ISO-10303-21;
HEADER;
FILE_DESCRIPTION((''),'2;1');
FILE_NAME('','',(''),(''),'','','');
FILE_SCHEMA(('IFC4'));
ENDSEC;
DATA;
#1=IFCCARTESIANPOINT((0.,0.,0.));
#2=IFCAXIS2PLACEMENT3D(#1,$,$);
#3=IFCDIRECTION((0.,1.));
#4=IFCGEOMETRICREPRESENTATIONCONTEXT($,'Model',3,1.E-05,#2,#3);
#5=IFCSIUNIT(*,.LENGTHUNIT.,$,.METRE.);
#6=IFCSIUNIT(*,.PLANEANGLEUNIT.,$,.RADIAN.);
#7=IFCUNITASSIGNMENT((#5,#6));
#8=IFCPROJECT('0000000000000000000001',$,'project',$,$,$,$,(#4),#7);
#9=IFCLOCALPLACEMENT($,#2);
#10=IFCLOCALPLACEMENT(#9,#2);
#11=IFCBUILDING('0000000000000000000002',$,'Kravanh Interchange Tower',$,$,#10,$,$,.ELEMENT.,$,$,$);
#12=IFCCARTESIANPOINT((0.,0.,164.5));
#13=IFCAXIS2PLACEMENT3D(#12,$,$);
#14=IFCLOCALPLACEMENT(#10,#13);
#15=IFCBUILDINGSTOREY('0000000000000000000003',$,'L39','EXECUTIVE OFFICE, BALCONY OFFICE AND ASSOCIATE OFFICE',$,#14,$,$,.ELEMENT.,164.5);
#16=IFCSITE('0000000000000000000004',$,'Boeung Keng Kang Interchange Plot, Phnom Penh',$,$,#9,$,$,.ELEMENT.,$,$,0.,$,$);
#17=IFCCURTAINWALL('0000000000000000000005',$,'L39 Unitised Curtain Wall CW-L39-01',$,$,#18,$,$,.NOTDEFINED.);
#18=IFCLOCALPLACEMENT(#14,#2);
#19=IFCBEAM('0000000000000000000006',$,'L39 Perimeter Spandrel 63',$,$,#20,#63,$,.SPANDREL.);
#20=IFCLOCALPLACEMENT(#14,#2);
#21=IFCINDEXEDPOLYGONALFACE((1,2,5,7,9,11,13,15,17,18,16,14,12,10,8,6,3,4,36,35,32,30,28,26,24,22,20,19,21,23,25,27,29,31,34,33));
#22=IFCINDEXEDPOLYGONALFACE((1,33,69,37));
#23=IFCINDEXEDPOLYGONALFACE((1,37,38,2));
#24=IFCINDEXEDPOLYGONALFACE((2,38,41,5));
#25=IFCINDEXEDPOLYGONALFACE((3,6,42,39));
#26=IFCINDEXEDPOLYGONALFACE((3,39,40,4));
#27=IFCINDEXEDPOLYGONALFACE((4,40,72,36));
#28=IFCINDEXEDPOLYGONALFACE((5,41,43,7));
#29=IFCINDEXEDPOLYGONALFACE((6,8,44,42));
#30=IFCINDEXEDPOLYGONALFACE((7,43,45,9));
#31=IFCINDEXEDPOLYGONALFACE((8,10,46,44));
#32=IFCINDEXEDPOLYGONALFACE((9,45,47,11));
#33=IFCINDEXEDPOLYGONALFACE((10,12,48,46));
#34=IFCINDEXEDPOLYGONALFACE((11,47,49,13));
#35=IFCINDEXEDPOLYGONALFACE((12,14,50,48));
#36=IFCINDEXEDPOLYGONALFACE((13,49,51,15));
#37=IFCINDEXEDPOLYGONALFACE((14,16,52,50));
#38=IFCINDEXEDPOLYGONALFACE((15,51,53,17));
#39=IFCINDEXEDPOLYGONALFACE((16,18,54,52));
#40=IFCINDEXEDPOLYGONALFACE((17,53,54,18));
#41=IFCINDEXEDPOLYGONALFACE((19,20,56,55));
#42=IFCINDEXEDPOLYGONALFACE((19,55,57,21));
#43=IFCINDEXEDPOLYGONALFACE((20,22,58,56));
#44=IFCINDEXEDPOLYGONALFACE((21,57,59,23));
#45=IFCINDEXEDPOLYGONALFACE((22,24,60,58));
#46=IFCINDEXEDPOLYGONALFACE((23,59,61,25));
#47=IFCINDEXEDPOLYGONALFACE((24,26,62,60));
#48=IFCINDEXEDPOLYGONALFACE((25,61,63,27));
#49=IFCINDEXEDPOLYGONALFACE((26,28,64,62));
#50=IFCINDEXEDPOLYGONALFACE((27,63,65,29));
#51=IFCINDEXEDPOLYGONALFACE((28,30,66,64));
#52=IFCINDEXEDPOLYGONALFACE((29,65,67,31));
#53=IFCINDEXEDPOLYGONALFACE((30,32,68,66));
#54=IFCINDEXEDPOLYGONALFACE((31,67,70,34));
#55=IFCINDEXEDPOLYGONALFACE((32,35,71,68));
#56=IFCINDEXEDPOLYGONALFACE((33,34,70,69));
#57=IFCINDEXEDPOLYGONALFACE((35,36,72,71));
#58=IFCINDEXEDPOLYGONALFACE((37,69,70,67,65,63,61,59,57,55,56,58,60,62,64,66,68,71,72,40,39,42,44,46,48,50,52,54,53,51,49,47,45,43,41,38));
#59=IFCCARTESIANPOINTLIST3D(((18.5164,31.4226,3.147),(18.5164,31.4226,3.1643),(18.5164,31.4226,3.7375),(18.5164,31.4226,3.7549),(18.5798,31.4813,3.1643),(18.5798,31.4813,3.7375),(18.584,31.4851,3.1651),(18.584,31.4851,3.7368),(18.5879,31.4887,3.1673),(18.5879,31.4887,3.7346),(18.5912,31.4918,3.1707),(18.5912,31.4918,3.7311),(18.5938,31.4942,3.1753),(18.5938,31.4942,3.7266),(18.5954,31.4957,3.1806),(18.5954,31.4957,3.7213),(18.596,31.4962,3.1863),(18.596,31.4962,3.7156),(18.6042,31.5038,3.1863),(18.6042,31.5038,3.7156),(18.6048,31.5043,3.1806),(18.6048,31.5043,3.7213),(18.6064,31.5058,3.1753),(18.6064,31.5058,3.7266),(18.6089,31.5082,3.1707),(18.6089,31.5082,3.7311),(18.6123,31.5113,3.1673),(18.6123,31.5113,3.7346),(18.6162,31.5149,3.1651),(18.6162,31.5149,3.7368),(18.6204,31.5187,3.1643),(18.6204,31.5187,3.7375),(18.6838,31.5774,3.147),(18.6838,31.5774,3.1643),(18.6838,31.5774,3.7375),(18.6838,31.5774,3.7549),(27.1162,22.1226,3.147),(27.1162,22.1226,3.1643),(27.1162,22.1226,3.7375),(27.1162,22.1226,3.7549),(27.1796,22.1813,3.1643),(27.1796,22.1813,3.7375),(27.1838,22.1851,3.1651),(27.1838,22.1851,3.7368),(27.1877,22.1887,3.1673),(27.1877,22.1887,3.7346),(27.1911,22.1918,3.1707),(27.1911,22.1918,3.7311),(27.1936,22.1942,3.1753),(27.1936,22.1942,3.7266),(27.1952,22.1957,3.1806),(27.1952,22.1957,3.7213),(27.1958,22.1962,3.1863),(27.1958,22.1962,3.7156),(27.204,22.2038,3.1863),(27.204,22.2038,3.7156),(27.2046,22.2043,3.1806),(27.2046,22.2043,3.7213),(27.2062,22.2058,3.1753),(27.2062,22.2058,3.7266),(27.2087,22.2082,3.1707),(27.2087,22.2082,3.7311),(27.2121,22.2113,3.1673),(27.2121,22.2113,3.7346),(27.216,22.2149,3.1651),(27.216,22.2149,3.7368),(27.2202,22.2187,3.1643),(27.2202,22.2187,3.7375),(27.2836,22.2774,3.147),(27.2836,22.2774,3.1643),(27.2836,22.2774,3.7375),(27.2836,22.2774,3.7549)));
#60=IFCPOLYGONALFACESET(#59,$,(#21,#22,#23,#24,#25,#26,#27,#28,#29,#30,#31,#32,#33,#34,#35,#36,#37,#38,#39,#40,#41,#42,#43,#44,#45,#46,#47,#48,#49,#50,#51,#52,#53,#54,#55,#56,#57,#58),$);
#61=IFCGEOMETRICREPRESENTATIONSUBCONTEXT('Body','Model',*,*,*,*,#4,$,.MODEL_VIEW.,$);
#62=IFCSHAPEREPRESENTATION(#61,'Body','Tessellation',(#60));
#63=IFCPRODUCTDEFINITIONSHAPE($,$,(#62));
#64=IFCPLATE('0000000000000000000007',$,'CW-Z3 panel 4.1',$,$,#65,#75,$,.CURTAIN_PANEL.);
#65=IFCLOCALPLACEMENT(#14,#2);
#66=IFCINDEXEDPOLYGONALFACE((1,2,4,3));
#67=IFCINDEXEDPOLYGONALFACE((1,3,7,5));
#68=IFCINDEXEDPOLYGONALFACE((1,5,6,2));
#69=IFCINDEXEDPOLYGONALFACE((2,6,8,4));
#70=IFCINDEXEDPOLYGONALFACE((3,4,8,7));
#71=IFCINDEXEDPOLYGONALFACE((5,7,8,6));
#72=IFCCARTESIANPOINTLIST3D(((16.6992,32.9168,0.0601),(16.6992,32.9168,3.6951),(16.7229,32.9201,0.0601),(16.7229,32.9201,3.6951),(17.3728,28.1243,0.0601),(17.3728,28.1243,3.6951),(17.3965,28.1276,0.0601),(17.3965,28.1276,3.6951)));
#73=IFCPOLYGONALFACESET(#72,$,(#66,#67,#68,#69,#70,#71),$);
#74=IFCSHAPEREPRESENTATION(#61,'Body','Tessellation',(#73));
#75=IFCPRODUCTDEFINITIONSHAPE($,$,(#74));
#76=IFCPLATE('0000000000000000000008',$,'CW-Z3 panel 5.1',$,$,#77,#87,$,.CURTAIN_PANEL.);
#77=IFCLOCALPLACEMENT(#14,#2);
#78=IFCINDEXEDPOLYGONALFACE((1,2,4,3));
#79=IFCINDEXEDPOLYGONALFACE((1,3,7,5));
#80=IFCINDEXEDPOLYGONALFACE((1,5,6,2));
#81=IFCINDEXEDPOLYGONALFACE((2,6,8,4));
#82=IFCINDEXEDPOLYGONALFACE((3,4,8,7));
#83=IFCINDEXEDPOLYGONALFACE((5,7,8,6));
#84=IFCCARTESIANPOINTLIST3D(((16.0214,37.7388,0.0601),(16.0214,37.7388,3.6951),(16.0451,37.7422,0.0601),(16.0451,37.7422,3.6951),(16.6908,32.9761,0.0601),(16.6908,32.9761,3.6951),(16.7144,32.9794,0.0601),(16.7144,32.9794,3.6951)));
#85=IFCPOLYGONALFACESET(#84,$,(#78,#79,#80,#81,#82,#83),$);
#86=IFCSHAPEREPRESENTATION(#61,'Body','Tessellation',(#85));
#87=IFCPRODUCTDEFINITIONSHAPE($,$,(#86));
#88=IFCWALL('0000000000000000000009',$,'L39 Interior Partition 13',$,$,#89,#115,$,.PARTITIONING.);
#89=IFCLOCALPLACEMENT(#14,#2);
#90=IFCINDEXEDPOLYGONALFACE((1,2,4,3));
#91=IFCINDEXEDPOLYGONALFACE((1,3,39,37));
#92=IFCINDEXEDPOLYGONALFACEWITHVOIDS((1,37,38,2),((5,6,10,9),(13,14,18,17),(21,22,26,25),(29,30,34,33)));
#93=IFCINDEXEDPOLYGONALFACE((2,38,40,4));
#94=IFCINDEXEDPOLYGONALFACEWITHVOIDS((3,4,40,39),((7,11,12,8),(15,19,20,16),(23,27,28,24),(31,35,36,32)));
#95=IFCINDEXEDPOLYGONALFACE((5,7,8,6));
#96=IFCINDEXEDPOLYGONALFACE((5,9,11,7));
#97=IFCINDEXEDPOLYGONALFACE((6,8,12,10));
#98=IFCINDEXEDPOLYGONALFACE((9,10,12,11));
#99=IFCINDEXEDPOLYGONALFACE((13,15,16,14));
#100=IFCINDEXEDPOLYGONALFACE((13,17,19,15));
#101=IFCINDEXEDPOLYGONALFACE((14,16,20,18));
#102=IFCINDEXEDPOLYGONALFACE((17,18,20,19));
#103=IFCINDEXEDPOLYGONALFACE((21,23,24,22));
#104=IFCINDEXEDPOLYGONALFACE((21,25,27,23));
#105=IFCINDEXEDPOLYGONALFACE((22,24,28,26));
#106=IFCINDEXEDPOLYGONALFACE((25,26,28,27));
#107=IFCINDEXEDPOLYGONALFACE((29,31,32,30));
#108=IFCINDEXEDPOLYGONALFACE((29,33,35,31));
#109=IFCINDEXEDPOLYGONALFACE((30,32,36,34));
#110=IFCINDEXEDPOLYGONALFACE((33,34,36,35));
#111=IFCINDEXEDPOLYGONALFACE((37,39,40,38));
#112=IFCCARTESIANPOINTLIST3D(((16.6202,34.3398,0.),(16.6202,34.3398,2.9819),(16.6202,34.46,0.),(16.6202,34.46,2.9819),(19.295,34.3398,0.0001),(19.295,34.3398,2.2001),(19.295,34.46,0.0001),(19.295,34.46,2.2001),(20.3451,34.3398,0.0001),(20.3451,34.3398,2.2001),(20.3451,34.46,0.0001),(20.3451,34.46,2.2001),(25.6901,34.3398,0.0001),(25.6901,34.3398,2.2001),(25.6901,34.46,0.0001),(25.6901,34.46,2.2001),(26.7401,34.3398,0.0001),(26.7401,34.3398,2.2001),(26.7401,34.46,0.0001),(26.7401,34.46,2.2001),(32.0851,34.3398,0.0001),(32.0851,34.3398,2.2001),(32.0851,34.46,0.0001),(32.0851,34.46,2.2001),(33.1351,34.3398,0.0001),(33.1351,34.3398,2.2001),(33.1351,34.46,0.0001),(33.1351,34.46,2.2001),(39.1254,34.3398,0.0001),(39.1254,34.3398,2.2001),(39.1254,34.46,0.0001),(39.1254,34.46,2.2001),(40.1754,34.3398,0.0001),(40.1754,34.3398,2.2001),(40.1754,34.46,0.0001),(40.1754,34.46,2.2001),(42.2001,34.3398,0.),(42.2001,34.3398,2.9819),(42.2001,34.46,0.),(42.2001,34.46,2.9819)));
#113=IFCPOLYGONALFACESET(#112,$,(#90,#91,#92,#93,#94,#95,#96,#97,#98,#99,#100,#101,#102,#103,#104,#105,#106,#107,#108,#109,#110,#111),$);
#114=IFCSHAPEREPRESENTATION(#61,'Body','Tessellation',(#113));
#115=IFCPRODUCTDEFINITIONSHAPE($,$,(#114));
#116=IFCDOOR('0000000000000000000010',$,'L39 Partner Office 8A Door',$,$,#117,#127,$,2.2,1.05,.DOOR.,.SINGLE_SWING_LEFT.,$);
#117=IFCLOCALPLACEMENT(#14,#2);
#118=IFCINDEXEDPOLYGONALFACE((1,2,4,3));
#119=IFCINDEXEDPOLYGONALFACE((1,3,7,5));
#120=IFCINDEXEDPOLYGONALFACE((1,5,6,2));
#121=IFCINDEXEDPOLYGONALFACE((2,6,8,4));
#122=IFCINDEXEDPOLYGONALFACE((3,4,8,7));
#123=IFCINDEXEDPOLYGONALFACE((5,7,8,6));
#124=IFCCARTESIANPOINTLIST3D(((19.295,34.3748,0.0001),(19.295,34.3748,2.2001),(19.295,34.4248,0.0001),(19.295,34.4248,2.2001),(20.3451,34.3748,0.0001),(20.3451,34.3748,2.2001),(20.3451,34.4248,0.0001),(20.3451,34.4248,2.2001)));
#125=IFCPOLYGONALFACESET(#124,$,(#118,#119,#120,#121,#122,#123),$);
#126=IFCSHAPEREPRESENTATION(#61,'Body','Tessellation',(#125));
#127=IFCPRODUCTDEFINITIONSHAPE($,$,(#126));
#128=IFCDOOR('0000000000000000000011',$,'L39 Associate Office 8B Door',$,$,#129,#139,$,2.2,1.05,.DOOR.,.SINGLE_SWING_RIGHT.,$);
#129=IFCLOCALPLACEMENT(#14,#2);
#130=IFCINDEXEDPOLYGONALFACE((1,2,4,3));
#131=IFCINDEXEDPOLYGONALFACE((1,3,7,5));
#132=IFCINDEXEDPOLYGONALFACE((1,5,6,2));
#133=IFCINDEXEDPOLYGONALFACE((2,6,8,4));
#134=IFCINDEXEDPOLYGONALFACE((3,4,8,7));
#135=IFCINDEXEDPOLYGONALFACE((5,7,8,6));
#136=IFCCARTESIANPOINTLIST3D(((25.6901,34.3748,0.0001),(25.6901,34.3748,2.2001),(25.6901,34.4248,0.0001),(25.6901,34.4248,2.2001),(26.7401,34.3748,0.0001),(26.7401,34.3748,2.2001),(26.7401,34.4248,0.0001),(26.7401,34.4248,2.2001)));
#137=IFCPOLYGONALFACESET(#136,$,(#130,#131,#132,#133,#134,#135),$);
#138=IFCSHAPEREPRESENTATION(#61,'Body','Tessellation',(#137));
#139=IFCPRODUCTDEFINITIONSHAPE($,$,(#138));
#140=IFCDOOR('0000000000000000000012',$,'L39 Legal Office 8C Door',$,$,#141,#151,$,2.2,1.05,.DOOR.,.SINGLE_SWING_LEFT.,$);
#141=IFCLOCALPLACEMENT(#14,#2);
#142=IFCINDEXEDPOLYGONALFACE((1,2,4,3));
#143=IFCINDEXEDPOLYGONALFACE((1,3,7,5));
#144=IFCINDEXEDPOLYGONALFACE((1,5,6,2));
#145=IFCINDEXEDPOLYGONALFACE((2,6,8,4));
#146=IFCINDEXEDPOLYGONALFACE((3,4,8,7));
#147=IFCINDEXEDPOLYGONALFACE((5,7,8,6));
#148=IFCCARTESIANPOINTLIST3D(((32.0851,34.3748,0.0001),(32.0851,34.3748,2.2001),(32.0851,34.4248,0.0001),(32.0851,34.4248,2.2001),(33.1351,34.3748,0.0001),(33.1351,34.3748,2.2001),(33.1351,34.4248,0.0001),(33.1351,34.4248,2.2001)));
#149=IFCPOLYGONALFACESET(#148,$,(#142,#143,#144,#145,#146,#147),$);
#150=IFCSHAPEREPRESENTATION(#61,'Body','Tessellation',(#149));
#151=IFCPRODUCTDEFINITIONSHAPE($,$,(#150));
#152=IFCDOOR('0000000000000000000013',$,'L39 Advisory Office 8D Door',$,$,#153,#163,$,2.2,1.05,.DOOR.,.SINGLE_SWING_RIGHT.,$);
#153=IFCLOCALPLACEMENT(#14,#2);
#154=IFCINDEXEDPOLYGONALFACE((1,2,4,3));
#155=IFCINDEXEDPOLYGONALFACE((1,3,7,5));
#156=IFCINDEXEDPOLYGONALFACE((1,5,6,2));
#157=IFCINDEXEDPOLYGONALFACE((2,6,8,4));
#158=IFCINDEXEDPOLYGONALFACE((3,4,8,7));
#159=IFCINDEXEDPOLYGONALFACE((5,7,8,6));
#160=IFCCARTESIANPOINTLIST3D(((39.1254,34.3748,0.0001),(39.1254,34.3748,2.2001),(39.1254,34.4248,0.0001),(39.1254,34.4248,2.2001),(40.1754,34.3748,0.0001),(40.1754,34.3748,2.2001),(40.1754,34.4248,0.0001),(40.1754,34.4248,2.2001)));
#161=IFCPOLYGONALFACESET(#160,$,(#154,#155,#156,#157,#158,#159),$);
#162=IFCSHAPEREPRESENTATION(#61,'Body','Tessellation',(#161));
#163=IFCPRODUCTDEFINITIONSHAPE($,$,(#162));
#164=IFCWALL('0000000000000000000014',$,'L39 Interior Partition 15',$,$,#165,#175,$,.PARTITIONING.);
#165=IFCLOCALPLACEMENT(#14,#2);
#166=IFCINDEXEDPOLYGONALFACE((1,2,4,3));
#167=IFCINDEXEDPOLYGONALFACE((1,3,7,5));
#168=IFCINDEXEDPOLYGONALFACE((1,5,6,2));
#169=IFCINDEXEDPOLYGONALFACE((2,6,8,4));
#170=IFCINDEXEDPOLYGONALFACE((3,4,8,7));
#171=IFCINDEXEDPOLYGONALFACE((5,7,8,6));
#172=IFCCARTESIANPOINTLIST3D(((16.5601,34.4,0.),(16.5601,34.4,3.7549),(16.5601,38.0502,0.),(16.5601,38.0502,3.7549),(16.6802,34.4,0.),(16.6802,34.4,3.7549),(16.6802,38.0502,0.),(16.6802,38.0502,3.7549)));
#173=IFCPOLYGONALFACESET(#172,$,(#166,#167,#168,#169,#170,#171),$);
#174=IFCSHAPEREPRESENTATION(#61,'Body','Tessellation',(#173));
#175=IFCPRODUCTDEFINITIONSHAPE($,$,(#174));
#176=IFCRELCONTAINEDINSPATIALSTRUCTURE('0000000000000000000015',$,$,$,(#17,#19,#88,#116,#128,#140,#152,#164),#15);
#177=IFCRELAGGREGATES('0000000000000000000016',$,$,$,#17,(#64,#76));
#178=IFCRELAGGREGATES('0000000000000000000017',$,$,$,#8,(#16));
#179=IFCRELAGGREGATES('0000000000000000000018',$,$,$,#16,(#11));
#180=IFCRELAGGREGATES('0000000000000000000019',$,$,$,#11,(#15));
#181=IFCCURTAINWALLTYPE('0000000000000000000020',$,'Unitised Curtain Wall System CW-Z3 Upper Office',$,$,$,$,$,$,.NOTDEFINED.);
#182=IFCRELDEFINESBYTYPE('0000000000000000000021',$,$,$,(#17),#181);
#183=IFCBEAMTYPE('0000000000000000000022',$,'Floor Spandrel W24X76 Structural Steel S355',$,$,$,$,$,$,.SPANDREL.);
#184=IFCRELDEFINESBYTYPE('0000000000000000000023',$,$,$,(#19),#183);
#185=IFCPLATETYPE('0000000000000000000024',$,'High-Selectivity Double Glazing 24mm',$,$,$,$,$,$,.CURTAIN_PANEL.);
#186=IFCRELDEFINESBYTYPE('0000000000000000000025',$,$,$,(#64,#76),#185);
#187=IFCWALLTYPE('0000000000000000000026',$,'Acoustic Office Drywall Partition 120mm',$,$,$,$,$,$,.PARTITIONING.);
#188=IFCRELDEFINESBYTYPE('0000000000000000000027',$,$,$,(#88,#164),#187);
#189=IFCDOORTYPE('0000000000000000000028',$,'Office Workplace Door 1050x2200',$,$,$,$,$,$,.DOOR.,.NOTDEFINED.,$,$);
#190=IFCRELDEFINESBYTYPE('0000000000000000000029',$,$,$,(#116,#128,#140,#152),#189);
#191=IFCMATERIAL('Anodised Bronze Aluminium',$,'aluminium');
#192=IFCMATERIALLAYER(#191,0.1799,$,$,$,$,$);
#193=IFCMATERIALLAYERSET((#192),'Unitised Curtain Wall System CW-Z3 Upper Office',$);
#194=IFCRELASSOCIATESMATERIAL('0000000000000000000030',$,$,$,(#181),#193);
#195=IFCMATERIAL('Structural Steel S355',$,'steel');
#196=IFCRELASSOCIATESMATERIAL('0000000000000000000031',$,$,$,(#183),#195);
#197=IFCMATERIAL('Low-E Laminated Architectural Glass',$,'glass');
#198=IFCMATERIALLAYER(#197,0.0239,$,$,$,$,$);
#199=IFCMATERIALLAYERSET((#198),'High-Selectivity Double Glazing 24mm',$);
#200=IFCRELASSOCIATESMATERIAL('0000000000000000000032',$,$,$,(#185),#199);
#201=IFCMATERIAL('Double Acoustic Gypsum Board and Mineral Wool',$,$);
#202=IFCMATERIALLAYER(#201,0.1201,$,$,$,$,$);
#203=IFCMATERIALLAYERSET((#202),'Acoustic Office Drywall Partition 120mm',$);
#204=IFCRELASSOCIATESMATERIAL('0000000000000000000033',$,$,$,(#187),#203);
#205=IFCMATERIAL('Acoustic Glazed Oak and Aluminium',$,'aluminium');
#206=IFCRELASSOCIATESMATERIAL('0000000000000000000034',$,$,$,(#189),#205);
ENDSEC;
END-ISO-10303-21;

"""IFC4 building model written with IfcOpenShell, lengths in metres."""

from ifc_helpers import new_model, si_unit, direction, frame, frame_2d, origin, origin_2d, place, context, subcontext, project, spatial, rectangle, i_section, extrude, material, layer, layer_set, material_profile, profile_set, type_object, element, fill, aggregate, save


model = new_model("IFC4")

# Units and contexts
model_context = context("Model", 3, precision=1e-05, world=origin(), true_north=direction((0.0, 1.0)))
body_context = subcontext(model_context, "Body", "Model", "MODEL_VIEW")
ifc_project = project(units=[si_unit("LENGTHUNIT", "METRE"), si_unit("PLANEANGLEUNIT", "RADIAN")], contexts=[model_context])

# Site, building, storey
site_placement = place(None, origin())
site = spatial("IfcSite", under=ifc_project, at=site_placement, Name="Boeung Keng Kang Interchange Plot, Phnom Penh", CompositionType="ELEMENT", RefElevation=0.0)
building_placement = place(site_placement, origin())
building = spatial("IfcBuilding", under=site, at=building_placement, Name="Kravanh Interchange Tower", CompositionType="ELEMENT")
storey_placement = place(building_placement, frame((0.0, 0.0, 164.5)))
storey = spatial("IfcBuildingStorey", under=building, at=storey_placement, Name="L39", Description="EXECUTIVE OFFICE, BALCONY OFFICE AND ASSOCIATE OFFICE", CompositionType="ELEMENT", Elevation=164.5)

# Curtain wall
ifc_material_1 = material(Name="Anodised Bronze Aluminium", Category="aluminium")
ifc_layer_1 = layer(ifc_material_1, 0.1799)
ifc_layer_set_1 = layer_set([ifc_layer_1], Name="Unitised Curtain Wall System CW-Z3 Upper Office")
curtain_wall_type = type_object("IfcCurtainWallType", Name="Unitised Curtain Wall System CW-Z3 Upper Office", PredefinedType="NOTDEFINED", material=ifc_layer_set_1)
curtain_wall_placement = place(storey_placement, origin())
curtain_wall = element("IfcCurtainWall", 1, at=curtain_wall_placement, inside=storey, type_object=curtain_wall_type, Name="L39 Unitised Curtain Wall CW-L39-01", PredefinedType="NOTDEFINED")

# Beam
ifc_material_2 = material(Name="Structural Steel S355", Category="steel")
ifc_material_profile_1 = material_profile(ifc_material_2, i_section(OverallWidth=0.228, OverallDepth=0.6079, WebThickness=0.0112, FlangeThickness=0.0173, FilletRadius=0.022, at=origin_2d()), Name="W24X76")
ifc_profile_set_1 = profile_set([ifc_material_profile_1], Name="Structural Steel S355")
beam_type_1 = type_object("IfcBeamType", Name="Floor Spandrel W24X76 Structural Steel S355", PredefinedType="SPANDREL", material=ifc_profile_set_1)
beam_1_placement = place(storey_placement, frame((18.6001, 31.5, 3.4509), z_axis=(0.678927, -0.734205, 0.0), x_axis=(0.734205, 0.678927, 0.0)))
element("IfcBeam", 2, at=beam_1_placement, inside=storey, type_object=beam_type_1, Name="L39 Perimeter Spandrel 63", PredefinedType="SPANDREL", context=body_context, shape_type="SweptSolid", body=[
    extrude(i_section(OverallWidth=0.228, OverallDepth=0.6079, WebThickness=0.0112, FlangeThickness=0.0173, FilletRadius=0.022, at=origin_2d()), origin(), (0.0, 0.0, 1.0), 12.6667),
])

# Plates
ifc_material_3 = material(Name="Low-E Laminated Architectural Glass", Category="glass")
ifc_layer_2 = layer(ifc_material_3, 0.0239)
ifc_layer_set_2 = layer_set([ifc_layer_2], Name="High-Selectivity Double Glazing 24mm")
plate_type = type_object("IfcPlateType", Name="High-Selectivity Double Glazing 24mm", PredefinedType="CURTAIN_PANEL", material=ifc_layer_set_2)
plate_1_placement = place(storey_placement, frame((17.0479, 30.5222, 0.0601), z_axis=(0.0, 0.0, 1.0), x_axis=(-0.139172, 0.990268, 0.0)))
plate_1 = element("IfcPlate", 3, at=plate_1_placement, type_object=plate_type, Name="CW-Z3 panel 4.1", PredefinedType="CURTAIN_PANEL", context=body_context, shape_type="SweptSolid", body=[
    extrude(rectangle(XDim=4.8396, YDim=0.0239, at=origin_2d()), origin(), (0.0, 0.0, 1.0), 3.635),
])
plate_2_placement = place(storey_placement, frame((16.3679, 35.3591, 0.0601), z_axis=(0.0, 0.0, 1.0), x_axis=(-0.139172, 0.990268, 0.0)))
plate_2 = element("IfcPlate", 4, at=plate_2_placement, type_object=plate_type, Name="CW-Z3 panel 5.1", PredefinedType="CURTAIN_PANEL", context=body_context, shape_type="SweptSolid", body=[
    extrude(rectangle(XDim=4.8096, YDim=0.0239, at=origin_2d()), origin(), (0.0, 0.0, 1.0), 3.635),
])
aggregate(curtain_wall, [plate_1, plate_2])

# Wall, openings, doors
ifc_material_4 = material(Name="Double Acoustic Gypsum Board and Mineral Wool")
ifc_layer_3 = layer(ifc_material_4, 0.1201)
ifc_layer_set_3 = layer_set([ifc_layer_3], Name="Acoustic Office Drywall Partition 120mm")
wall_type_1 = type_object("IfcWallType", Name="Acoustic Office Drywall Partition 120mm", PredefinedType="PARTITIONING", material=ifc_layer_set_3)
wall_1_placement = place(storey_placement, frame((16.6201, 34.3999, 0.0), z_axis=(0.0, 0.0, 1.0), x_axis=(1.0, 0.0, 0.0)))
wall_1 = element("IfcWall", 5, at=wall_1_placement, inside=storey, type_object=wall_type_1, Name="L39 Interior Partition 13", PredefinedType="PARTITIONING", context=body_context, shape_type="SweptSolid", body=[
    extrude(rectangle(XDim=25.5798, YDim=0.1201, at=frame_2d((12.79, 0.0))), origin(), (0.0, 0.0, 1.0), 2.9819),
])
opening_1_placement = place(wall_1_placement, frame((2.675, 0.0, 0.0)))
opening_1 = element("IfcOpeningElement", 6, at=opening_1_placement, cuts=wall_1, PredefinedType="OPENING", context=body_context, shape_type="SweptSolid", body=[
    extrude(rectangle(XDim=1.05, YDim=2.2, at=frame_2d((0.5249, 1.1001))), frame((0.0, 0.0701, 0.0), z_axis=(0.0, -1.0, 0.0), x_axis=(1.0, 0.0, 0.0)), (0.0, 0.0, 1.0), 0.1401),
])
opening_2_placement = place(wall_1_placement, frame((9.0701, 0.0, 0.0)))
opening_2 = element("IfcOpeningElement", 7, at=opening_2_placement, cuts=wall_1, PredefinedType="OPENING", context=body_context, shape_type="SweptSolid", body=[
    extrude(rectangle(XDim=1.05, YDim=2.2, at=frame_2d((0.5249, 1.1001))), frame((0.0, 0.0701, 0.0), z_axis=(0.0, -1.0, 0.0), x_axis=(1.0, 0.0, 0.0)), (0.0, 0.0, 1.0), 0.1401),
])
opening_3_placement = place(wall_1_placement, frame((15.4651, 0.0, 0.0)))
opening_3 = element("IfcOpeningElement", 8, at=opening_3_placement, cuts=wall_1, PredefinedType="OPENING", context=body_context, shape_type="SweptSolid", body=[
    extrude(rectangle(XDim=1.05, YDim=2.2, at=frame_2d((0.5249, 1.1001))), frame((0.0, 0.0701, 0.0), z_axis=(0.0, -1.0, 0.0), x_axis=(1.0, 0.0, 0.0)), (0.0, 0.0, 1.0), 0.1401),
])
opening_4_placement = place(wall_1_placement, frame((22.5054, 0.0, 0.0)))
opening_4 = element("IfcOpeningElement", 9, at=opening_4_placement, cuts=wall_1, PredefinedType="OPENING", context=body_context, shape_type="SweptSolid", body=[
    extrude(rectangle(XDim=1.05, YDim=2.2, at=frame_2d((0.5249, 1.1001))), frame((0.0, 0.0701, 0.0), z_axis=(0.0, -1.0, 0.0), x_axis=(1.0, 0.0, 0.0)), (0.0, 0.0, 1.0), 0.1401),
])
ifc_material_5 = material(Name="Acoustic Glazed Oak and Aluminium", Category="aluminium")
door_type = type_object("IfcDoorType", Name="Office Workplace Door 1050x2200", OperationType="NOTDEFINED", PredefinedType="DOOR", material=ifc_material_5)
door_1_placement = place(opening_1_placement, origin())
door_1 = element("IfcDoor", 10, at=door_1_placement, inside=storey, type_object=door_type, Name="L39 Partner Office 8A Door", OperationType="SINGLE_SWING_LEFT", OverallHeight=2.2, OverallWidth=1.05, PredefinedType="DOOR", context=body_context, shape_type="SweptSolid", body=[
    extrude(rectangle(XDim=1.05, YDim=2.2, at=frame_2d((0.5249, 1.1001))), frame((0.0, 0.0249, 0.0), z_axis=(0.0, -1.0, 0.0), x_axis=(1.0, 0.0, 0.0)), (0.0, 0.0, 1.0), 0.05),
])
fill(opening_1, door_1)
door_2_placement = place(opening_2_placement, origin())
door_2 = element("IfcDoor", 11, at=door_2_placement, inside=storey, type_object=door_type, Name="L39 Associate Office 8B Door", OperationType="SINGLE_SWING_RIGHT", OverallHeight=2.2, OverallWidth=1.05, PredefinedType="DOOR", context=body_context, shape_type="SweptSolid", body=[
    extrude(rectangle(XDim=1.05, YDim=2.2, at=frame_2d((0.5249, 1.1001))), frame((0.0, 0.0249, 0.0), z_axis=(0.0, -1.0, 0.0), x_axis=(1.0, 0.0, 0.0)), (0.0, 0.0, 1.0), 0.05),
])
fill(opening_2, door_2)
door_3_placement = place(opening_3_placement, origin())
door_3 = element("IfcDoor", 12, at=door_3_placement, inside=storey, type_object=door_type, Name="L39 Legal Office 8C Door", OperationType="SINGLE_SWING_LEFT", OverallHeight=2.2, OverallWidth=1.05, PredefinedType="DOOR", context=body_context, shape_type="SweptSolid", body=[
    extrude(rectangle(XDim=1.05, YDim=2.2, at=frame_2d((0.5249, 1.1001))), frame((0.0, 0.0249, 0.0), z_axis=(0.0, -1.0, 0.0), x_axis=(1.0, 0.0, 0.0)), (0.0, 0.0, 1.0), 0.05),
])
fill(opening_3, door_3)
door_4_placement = place(opening_4_placement, origin())
door_4 = element("IfcDoor", 13, at=door_4_placement, inside=storey, type_object=door_type, Name="L39 Advisory Office 8D Door", OperationType="SINGLE_SWING_RIGHT", OverallHeight=2.2, OverallWidth=1.05, PredefinedType="DOOR", context=body_context, shape_type="SweptSolid", body=[
    extrude(rectangle(XDim=1.05, YDim=2.2, at=frame_2d((0.5249, 1.1001))), frame((0.0, 0.0249, 0.0), z_axis=(0.0, -1.0, 0.0), x_axis=(1.0, 0.0, 0.0)), (0.0, 0.0, 1.0), 0.05),
])
fill(opening_4, door_4)

# Wall
wall_2_placement = place(storey_placement, frame((16.6201, 34.3999, 0.0), z_axis=(0.0, 0.0, 1.0), x_axis=(0.0, 1.0, 0.0)))
element("IfcWall", 14, at=wall_2_placement, inside=storey, type_object=wall_type_1, Name="L39 Interior Partition 15", PredefinedType="PARTITIONING", context=body_context, shape_type="SweptSolid", body=[
    extrude(rectangle(XDim=3.6501, YDim=0.1201, at=frame_2d((1.8252, 0.0))), origin(), (0.0, 0.0, 1.0), 3.7549),
])

save(model, "model.ifc")
